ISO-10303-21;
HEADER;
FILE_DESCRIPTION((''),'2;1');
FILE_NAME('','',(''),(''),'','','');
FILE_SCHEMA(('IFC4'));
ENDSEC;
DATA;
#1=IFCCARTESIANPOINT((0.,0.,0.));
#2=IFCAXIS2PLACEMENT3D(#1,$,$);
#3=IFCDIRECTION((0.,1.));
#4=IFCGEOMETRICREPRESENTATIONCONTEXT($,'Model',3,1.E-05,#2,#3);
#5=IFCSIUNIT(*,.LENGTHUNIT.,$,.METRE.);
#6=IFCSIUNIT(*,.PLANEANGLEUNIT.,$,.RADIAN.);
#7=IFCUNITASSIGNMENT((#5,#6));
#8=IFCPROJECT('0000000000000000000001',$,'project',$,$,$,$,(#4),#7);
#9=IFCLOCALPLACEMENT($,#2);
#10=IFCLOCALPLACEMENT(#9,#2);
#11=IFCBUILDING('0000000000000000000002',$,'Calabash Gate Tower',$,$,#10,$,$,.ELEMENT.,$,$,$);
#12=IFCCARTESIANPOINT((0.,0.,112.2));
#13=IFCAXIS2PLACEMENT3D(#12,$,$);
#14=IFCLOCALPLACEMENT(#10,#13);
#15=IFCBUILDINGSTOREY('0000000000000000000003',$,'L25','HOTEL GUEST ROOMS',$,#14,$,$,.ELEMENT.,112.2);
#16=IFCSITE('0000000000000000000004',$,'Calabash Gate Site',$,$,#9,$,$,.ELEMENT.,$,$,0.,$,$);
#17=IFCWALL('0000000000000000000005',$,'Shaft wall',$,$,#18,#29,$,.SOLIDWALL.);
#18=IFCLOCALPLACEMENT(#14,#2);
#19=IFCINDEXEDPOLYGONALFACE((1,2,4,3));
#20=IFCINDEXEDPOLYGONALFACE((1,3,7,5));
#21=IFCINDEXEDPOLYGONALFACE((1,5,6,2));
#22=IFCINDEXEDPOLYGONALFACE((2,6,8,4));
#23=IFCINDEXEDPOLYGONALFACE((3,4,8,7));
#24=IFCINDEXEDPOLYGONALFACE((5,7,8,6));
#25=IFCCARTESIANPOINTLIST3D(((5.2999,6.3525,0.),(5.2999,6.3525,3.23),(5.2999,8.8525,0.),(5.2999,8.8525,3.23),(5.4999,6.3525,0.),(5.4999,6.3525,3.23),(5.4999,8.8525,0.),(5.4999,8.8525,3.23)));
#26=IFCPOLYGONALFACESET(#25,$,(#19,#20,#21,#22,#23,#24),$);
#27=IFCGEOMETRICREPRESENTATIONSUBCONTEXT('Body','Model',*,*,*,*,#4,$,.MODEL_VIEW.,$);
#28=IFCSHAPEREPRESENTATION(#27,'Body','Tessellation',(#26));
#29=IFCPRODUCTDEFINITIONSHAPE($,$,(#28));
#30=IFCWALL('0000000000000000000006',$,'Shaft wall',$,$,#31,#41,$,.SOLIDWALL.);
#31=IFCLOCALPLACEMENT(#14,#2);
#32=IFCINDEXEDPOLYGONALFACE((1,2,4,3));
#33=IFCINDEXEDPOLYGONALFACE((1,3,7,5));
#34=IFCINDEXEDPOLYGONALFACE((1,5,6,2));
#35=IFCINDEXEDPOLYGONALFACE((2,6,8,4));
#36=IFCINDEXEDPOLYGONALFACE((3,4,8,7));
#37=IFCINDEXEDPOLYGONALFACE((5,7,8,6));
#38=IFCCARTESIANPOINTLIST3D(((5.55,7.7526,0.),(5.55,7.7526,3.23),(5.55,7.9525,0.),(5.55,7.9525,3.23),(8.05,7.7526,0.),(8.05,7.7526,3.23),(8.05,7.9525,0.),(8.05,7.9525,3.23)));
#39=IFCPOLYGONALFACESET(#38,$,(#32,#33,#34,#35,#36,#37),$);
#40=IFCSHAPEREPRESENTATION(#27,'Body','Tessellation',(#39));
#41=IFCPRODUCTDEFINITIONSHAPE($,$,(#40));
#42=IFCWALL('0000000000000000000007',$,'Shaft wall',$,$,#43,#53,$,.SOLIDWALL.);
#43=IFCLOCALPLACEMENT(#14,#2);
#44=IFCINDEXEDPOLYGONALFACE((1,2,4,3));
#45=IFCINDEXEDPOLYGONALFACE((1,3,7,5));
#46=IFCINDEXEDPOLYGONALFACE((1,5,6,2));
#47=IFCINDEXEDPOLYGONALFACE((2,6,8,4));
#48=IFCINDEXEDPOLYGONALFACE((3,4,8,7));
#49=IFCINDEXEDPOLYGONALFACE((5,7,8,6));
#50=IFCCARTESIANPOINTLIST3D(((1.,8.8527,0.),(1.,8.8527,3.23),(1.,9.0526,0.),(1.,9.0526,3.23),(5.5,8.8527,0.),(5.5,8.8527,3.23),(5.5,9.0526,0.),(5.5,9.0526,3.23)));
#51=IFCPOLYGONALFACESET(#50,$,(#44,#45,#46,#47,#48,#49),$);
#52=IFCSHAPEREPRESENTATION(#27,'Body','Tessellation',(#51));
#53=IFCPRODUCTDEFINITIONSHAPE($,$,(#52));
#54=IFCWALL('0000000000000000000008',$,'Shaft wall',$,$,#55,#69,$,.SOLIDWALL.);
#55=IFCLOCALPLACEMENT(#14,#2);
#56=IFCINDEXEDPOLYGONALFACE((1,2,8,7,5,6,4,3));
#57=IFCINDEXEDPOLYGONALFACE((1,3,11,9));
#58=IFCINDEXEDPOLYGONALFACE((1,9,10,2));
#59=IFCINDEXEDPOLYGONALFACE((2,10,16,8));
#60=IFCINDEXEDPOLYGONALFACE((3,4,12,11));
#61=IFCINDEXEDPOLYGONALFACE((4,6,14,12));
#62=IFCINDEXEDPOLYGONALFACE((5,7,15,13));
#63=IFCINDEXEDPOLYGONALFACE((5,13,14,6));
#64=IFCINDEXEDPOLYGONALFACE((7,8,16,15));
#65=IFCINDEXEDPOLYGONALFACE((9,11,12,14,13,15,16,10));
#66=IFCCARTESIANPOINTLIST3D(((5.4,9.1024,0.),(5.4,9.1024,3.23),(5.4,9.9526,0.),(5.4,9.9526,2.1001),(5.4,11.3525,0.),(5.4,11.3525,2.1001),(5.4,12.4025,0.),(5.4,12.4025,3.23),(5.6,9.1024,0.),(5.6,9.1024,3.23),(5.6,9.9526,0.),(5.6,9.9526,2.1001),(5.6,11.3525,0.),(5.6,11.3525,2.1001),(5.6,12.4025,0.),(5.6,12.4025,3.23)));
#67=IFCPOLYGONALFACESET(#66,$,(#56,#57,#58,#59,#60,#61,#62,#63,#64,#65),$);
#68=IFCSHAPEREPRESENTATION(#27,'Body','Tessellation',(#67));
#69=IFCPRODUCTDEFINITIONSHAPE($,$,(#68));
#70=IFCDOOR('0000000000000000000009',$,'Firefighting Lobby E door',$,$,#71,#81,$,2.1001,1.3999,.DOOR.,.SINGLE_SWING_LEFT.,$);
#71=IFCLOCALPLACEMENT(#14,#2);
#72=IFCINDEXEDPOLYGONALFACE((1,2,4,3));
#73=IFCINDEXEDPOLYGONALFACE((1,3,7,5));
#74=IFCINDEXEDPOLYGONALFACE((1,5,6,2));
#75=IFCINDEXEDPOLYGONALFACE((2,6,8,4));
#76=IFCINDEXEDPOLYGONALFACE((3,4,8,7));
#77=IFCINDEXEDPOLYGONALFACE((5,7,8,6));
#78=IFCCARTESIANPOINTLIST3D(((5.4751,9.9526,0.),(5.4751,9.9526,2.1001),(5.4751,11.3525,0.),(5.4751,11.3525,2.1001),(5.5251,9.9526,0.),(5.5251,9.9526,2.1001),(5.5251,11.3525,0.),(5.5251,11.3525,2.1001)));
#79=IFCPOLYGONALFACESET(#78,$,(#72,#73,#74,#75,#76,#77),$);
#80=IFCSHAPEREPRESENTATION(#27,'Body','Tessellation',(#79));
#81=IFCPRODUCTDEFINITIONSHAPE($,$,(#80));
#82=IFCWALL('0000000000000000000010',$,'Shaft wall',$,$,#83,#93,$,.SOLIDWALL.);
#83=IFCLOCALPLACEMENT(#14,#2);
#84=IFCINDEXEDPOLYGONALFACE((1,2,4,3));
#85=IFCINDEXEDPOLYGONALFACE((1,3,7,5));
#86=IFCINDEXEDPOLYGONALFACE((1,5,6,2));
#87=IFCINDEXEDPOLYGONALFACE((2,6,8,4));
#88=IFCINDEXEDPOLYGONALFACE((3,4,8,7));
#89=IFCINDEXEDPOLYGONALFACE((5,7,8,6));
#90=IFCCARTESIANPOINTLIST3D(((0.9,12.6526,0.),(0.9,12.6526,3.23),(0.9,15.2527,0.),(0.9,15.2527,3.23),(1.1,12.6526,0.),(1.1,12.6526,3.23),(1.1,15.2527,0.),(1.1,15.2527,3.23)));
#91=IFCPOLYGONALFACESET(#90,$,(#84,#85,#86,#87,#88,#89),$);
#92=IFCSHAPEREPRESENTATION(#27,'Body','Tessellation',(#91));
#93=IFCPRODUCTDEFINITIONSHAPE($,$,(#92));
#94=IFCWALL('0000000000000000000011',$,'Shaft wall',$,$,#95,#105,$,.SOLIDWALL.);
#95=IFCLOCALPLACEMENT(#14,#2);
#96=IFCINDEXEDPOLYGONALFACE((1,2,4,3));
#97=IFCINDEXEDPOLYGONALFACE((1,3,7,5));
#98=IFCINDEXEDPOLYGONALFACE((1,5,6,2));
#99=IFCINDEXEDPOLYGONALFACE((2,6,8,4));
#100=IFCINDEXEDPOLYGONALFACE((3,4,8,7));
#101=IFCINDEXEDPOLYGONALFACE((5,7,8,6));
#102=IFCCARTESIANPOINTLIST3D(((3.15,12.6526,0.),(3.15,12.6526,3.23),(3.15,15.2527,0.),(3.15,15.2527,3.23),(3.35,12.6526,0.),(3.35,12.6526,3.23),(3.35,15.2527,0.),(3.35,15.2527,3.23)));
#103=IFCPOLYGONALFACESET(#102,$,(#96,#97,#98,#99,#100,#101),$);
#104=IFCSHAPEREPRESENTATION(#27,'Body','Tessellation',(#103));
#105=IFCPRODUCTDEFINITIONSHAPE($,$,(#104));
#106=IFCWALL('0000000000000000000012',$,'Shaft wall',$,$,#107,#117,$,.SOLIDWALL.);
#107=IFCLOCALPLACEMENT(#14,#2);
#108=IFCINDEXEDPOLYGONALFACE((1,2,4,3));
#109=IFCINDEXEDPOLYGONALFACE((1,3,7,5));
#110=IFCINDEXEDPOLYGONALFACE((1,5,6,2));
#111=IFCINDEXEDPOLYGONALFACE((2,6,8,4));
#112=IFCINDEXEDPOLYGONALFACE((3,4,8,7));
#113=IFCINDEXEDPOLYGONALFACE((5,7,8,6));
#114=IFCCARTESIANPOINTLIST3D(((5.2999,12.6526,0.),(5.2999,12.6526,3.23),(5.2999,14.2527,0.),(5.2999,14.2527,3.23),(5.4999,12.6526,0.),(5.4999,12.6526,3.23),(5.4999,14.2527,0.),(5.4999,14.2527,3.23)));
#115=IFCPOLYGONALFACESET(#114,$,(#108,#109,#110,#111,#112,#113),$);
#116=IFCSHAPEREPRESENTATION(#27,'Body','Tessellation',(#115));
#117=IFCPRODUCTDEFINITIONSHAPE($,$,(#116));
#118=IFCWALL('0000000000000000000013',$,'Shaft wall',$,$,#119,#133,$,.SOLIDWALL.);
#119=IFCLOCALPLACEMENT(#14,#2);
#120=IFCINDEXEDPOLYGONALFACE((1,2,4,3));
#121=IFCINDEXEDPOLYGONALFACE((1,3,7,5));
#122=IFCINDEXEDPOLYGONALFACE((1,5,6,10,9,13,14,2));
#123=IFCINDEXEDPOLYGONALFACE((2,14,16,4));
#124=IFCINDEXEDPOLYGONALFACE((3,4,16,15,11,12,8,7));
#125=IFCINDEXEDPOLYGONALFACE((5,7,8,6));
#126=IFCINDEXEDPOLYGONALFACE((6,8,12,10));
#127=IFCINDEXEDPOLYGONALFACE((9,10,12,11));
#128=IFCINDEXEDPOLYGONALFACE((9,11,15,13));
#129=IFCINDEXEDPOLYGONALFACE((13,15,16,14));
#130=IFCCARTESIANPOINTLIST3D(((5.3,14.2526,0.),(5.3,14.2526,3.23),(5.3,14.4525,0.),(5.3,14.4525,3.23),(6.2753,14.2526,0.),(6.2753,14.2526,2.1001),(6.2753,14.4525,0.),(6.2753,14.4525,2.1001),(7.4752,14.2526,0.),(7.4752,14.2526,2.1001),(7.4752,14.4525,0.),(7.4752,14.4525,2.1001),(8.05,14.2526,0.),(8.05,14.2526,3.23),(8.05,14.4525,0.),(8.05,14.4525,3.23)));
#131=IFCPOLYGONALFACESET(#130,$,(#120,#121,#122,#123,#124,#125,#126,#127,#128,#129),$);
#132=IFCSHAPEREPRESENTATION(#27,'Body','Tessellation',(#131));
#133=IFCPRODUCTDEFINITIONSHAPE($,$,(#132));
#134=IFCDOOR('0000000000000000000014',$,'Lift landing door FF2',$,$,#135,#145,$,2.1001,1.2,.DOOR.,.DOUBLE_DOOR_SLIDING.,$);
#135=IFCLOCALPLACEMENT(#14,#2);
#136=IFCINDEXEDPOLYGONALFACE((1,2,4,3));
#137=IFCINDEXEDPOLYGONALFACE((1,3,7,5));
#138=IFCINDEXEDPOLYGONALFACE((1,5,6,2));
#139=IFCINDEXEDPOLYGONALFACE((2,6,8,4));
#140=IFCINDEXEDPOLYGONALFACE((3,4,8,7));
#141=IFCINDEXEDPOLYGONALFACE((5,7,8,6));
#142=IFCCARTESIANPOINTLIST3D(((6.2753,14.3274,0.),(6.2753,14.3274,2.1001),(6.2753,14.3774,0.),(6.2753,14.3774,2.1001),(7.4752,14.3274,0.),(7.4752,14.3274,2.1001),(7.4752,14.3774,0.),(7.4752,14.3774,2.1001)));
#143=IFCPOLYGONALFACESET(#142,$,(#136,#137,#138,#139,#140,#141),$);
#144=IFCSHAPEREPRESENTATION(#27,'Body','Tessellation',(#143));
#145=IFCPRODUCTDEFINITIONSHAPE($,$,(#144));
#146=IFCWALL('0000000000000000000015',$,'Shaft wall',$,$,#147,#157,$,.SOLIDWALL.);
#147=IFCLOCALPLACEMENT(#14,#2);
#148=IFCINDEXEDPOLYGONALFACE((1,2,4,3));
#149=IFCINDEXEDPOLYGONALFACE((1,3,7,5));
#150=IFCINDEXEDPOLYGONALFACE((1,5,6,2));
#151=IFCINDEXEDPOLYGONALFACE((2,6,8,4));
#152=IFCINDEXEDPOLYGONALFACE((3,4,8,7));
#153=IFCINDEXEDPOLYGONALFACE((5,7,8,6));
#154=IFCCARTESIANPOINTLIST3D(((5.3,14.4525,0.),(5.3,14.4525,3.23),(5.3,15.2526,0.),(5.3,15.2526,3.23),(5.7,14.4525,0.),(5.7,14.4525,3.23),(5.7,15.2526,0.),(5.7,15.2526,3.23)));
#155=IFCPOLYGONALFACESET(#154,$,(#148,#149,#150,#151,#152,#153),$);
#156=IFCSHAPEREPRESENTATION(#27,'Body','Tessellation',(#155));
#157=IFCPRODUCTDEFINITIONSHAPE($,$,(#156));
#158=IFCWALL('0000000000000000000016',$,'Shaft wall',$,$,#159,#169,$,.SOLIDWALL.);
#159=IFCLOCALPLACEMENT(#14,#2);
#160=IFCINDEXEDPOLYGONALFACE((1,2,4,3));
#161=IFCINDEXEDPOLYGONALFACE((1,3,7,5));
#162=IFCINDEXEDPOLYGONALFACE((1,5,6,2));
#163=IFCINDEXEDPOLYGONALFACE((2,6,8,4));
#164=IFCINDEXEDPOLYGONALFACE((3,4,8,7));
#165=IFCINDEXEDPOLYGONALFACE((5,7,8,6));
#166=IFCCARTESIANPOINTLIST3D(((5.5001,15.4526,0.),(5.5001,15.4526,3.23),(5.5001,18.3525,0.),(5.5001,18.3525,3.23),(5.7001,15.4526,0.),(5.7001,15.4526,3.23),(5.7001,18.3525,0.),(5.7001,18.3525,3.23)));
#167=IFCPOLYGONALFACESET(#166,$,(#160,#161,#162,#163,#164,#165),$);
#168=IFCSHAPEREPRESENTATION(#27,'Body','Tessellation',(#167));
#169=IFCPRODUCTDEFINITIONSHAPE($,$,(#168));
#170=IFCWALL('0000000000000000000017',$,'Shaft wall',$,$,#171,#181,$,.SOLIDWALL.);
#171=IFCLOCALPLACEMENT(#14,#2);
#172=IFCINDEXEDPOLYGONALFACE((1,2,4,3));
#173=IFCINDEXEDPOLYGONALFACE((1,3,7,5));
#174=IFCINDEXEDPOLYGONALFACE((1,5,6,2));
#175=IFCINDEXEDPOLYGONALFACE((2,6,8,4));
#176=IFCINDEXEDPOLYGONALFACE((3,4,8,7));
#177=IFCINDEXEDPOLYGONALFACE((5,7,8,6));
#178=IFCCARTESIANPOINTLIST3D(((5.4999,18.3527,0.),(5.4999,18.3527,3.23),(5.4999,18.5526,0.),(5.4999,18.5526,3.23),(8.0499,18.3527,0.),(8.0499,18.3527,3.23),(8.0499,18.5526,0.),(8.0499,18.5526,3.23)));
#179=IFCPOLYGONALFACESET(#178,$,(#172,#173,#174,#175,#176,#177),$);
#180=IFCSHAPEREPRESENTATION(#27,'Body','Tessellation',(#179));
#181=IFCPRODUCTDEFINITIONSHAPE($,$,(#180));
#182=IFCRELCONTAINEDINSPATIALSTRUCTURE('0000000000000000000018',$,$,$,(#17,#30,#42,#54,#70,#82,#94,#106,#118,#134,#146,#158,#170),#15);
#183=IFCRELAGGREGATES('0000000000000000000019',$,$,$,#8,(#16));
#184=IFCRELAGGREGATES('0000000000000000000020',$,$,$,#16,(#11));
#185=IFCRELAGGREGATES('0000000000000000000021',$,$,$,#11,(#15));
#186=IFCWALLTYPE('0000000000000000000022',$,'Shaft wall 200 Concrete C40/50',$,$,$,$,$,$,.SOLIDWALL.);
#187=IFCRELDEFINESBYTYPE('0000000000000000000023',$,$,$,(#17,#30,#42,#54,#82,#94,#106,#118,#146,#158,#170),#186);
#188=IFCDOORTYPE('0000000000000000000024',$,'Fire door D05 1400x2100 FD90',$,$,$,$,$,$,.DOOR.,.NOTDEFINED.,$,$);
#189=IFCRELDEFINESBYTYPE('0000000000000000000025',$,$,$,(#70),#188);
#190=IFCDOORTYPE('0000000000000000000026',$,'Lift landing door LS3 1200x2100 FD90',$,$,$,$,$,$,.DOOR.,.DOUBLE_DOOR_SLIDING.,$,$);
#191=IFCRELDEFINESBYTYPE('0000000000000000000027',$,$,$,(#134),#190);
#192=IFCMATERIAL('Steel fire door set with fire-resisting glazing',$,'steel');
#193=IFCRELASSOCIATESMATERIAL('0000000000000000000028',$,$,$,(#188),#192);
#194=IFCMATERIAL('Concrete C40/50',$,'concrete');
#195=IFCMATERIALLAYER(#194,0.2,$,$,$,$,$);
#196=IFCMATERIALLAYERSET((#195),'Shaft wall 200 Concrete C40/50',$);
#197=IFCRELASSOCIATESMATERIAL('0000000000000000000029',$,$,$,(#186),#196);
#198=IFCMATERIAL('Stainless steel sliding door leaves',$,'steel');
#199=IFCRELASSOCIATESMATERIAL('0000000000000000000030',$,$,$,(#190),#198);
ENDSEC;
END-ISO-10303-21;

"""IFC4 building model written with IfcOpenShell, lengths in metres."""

from ifc_helpers import new_model, si_unit, direction, frame, frame_2d, origin, place, context, subcontext, project, spatial, rectangle, extrude, material, layer, layer_set, type_object, element, fill, save


model = new_model("IFC4")

# Units and contexts
model_context = context("Model", 3, precision=1e-05, world=origin(), true_north=direction((0.0, 1.0)))
body_context = subcontext(model_context, "Body", "Model", "MODEL_VIEW")
ifc_project = project(units=[si_unit("LENGTHUNIT", "METRE"), si_unit("PLANEANGLEUNIT", "RADIAN")], contexts=[model_context])

# Site, building, storey
site_placement = place(None, origin())
site = spatial("IfcSite", under=ifc_project, at=site_placement, Name="Calabash Gate Site", CompositionType="ELEMENT", RefElevation=0.0)
building_placement = place(site_placement, origin())
building = spatial("IfcBuilding", under=site, at=building_placement, Name="Calabash Gate Tower", CompositionType="ELEMENT")
storey_placement = place(building_placement, frame((0.0, 0.0, 112.2)))
storey = spatial("IfcBuildingStorey", under=building, at=storey_placement, Name="L25", Description="HOTEL GUEST ROOMS", CompositionType="ELEMENT", Elevation=112.2)

# Shared definitions
ifc_material_1 = material(Name="Steel fire door set with fire-resisting glazing", Category="steel")
door_type_1 = type_object("IfcDoorType", Name="Fire door D05 1400x2100 FD90", OperationType="NOTDEFINED", PredefinedType="DOOR", material=ifc_material_1)

# Walls
ifc_material_2 = material(Name="Concrete C40/50", Category="concrete")
ifc_layer_1 = layer(ifc_material_2, 0.2)
ifc_layer_set_1 = layer_set([ifc_layer_1], Name="Shaft wall 200 Concrete C40/50")
wall_type_1 = type_object("IfcWallType", Name="Shaft wall 200 Concrete C40/50", PredefinedType="SOLIDWALL", material=ifc_layer_set_1)
for number, where, z_axis, x_axis, name in (
    (1, (5.3999, 6.3525, 0.0), (0.0, 0.0, 1.0), (0.0, 1.0, 0.0), "Shaft wall"),
    (2, (5.55, 7.8525, 0.0), (0.0, 0.0, 1.0), (1.0, 0.0, 0.0), "Shaft wall"),
):
    element("IfcWall", number, at=place(storey_placement, frame(where, z_axis=z_axis, x_axis=x_axis)), inside=storey, type_object=wall_type_1, Name=name, PredefinedType="SOLIDWALL", context=body_context, shape_type="SweptSolid", body=[
        extrude(rectangle(XDim=2.5, YDim=0.2, at=frame_2d((1.25, 0.0))), origin(), (0.0, 0.0, 1.0), 3.23),
    ])
wall_1_placement = place(storey_placement, frame((1.0, 8.9526, 0.0), z_axis=(0.0, 0.0, 1.0), x_axis=(1.0, 0.0, 0.0)))
element("IfcWall", 3, at=wall_1_placement, inside=storey, type_object=wall_type_1, Name="Shaft wall", PredefinedType="SOLIDWALL", context=body_context, shape_type="SweptSolid", body=[
    extrude(rectangle(XDim=4.5, YDim=0.2, at=frame_2d((2.25, 0.0))), origin(), (0.0, 0.0, 1.0), 3.23),
])

# Wall, opening, door
wall_2_placement = place(storey_placement, frame((5.5, 9.1025, 0.0), z_axis=(0.0, 0.0, 1.0), x_axis=(0.0, 1.0, 0.0)))
wall_2 = element("IfcWall", 4, at=wall_2_placement, inside=storey, type_object=wall_type_1, Name="Shaft wall", PredefinedType="SOLIDWALL", context=body_context, shape_type="SweptSolid", body=[
    extrude(rectangle(XDim=3.3, YDim=0.2, at=frame_2d((1.6499, 0.0))), origin(), (0.0, 0.0, 1.0), 3.23),
])
opening_1_placement = place(wall_2_placement, frame((0.8501, 0.0, 0.0)))
opening_1 = element("IfcOpeningElement", 5, at=opening_1_placement, cuts=wall_2, PredefinedType="OPENING", context=body_context, shape_type="SweptSolid", body=[
    extrude(rectangle(XDim=1.3999, YDim=2.1001, at=frame_2d((0.7, 1.05))), frame((0.0, 0.1099, 0.0), z_axis=(0.0, -1.0, 0.0), x_axis=(1.0, 0.0, 0.0)), (0.0, 0.0, 1.0), 0.22),
])
door_1_placement = place(opening_1_placement, origin())
door_1 = element("IfcDoor", 6, at=door_1_placement, inside=storey, type_object=door_type_1, Name="Firefighting Lobby E door", OperationType="SINGLE_SWING_LEFT", OverallHeight=2.1001, OverallWidth=1.3999, PredefinedType="DOOR", context=body_context, shape_type="SweptSolid", body=[
    extrude(rectangle(XDim=1.3999, YDim=2.1001, at=frame_2d((0.7, 1.05))), frame((0.0, 0.0249, 0.0), z_axis=(0.0, -1.0, 0.0), x_axis=(1.0, 0.0, 0.0)), (0.0, 0.0, 1.0), 0.05),
])
fill(opening_1, door_1)

# Walls
for number, where, z_axis, x_axis, name in (
    (7, (1.0, 12.6526, 0.0), (0.0, 0.0, 1.0), (0.0, 1.0, 0.0), "Shaft wall"),
    (8, (3.25, 12.6526, 0.0), (0.0, 0.0, 1.0), (0.0, 1.0, 0.0), "Shaft wall"),
):
    element("IfcWall", number, at=place(storey_placement, frame(where, z_axis=z_axis, x_axis=x_axis)), inside=storey, type_object=wall_type_1, Name=name, PredefinedType="SOLIDWALL", context=body_context, shape_type="SweptSolid", body=[
        extrude(rectangle(XDim=2.6001, YDim=0.2, at=frame_2d((1.3, 0.0))), origin(), (0.0, 0.0, 1.0), 3.23),
    ])
wall_3_placement = place(storey_placement, frame((5.3999, 12.6526, 0.0), z_axis=(0.0, 0.0, 1.0), x_axis=(0.0, 1.0, 0.0)))
element("IfcWall", 9, at=wall_3_placement, inside=storey, type_object=wall_type_1, Name="Shaft wall", PredefinedType="SOLIDWALL", context=body_context, shape_type="SweptSolid", body=[
    extrude(rectangle(XDim=1.6001, YDim=0.2, at=frame_2d((0.8, 0.0))), origin(), (0.0, 0.0, 1.0), 3.23),
])

# Wall, opening, door
wall_4_placement = place(storey_placement, frame((5.3, 14.3525, 0.0), z_axis=(0.0, 0.0, 1.0), x_axis=(1.0, 0.0, 0.0)))
wall_4 = element("IfcWall", 10, at=wall_4_placement, inside=storey, type_object=wall_type_1, Name="Shaft wall", PredefinedType="SOLIDWALL", context=body_context, shape_type="SweptSolid", body=[
    extrude(rectangle(XDim=2.75, YDim=0.2, at=frame_2d((1.375, 0.0))), origin(), (0.0, 0.0, 1.0), 3.23),
])
opening_2_placement = place(wall_4_placement, frame((0.9751, 0.0, 0.0)))
opening_2 = element("IfcOpeningElement", 11, at=opening_2_placement, cuts=wall_4, PredefinedType="OPENING", context=body_context, shape_type="SweptSolid", body=[
    extrude(rectangle(XDim=1.2, YDim=2.1001, at=frame_2d((0.6001, 1.05))), frame((0.0, 0.1099, 0.0), z_axis=(0.0, -1.0, 0.0), x_axis=(1.0, 0.0, 0.0)), (0.0, 0.0, 1.0), 0.22),
])
ifc_material_3 = material(Name="Stainless steel sliding door leaves", Category="steel")
door_type_2 = type_object("IfcDoorType", Name="Lift landing door LS3 1200x2100 FD90", OperationType="DOUBLE_DOOR_SLIDING", PredefinedType="DOOR", material=ifc_material_3)
door_2_placement = place(opening_2_placement, origin())
door_2 = element("IfcDoor", 12, at=door_2_placement, inside=storey, type_object=door_type_2, Name="Lift landing door FF2", OperationType="DOUBLE_DOOR_SLIDING", OverallHeight=2.1001, OverallWidth=1.2, PredefinedType="DOOR", context=body_context, shape_type="SweptSolid", body=[
    extrude(rectangle(XDim=1.2, YDim=2.1001, at=frame_2d((0.6001, 1.05))), frame((0.0, 0.0249, 0.0), z_axis=(0.0, -1.0, 0.0), x_axis=(1.0, 0.0, 0.0)), (0.0, 0.0, 1.0), 0.05),
])
fill(opening_2, door_2)

# Walls
wall_5_placement = place(storey_placement, frame((5.5, 14.4526, 0.0), z_axis=(0.0, 0.0, 1.0), x_axis=(0.0, 1.0, 0.0)))
element("IfcWall", 13, at=wall_5_placement, inside=storey, type_object=wall_type_1, Name="Shaft wall", PredefinedType="SOLIDWALL", context=body_context, shape_type="SweptSolid", body=[
    extrude(rectangle(XDim=0.8, YDim=0.3999, at=frame_2d((0.3999, 0.0))), origin(), (0.0, 0.0, 1.0), 3.23),
])
wall_6_placement = place(storey_placement, frame((5.6001, 15.4526, 0.0), z_axis=(0.0, 0.0, 1.0), x_axis=(0.0, 1.0, 0.0)))
element("IfcWall", 14, at=wall_6_placement, inside=storey, type_object=wall_type_1, Name="Shaft wall", PredefinedType="SOLIDWALL", context=body_context, shape_type="SweptSolid", body=[
    extrude(rectangle(XDim=2.8999, YDim=0.2, at=frame_2d((1.45, 0.0))), origin(), (0.0, 0.0, 1.0), 3.23),
])
wall_7_placement = place(storey_placement, frame((5.5, 18.4526, 0.0), z_axis=(0.0, 0.0, 1.0), x_axis=(1.0, 0.0, 0.0)))
element("IfcWall", 15, at=wall_7_placement, inside=storey, type_object=wall_type_1, Name="Shaft wall", PredefinedType="SOLIDWALL", context=body_context, shape_type="SweptSolid", body=[
    extrude(rectangle(XDim=2.55, YDim=0.2, at=frame_2d((1.2749, 0.0))), origin(), (0.0, 0.0, 1.0), 3.23),
])

save(model, "model.ifc")
